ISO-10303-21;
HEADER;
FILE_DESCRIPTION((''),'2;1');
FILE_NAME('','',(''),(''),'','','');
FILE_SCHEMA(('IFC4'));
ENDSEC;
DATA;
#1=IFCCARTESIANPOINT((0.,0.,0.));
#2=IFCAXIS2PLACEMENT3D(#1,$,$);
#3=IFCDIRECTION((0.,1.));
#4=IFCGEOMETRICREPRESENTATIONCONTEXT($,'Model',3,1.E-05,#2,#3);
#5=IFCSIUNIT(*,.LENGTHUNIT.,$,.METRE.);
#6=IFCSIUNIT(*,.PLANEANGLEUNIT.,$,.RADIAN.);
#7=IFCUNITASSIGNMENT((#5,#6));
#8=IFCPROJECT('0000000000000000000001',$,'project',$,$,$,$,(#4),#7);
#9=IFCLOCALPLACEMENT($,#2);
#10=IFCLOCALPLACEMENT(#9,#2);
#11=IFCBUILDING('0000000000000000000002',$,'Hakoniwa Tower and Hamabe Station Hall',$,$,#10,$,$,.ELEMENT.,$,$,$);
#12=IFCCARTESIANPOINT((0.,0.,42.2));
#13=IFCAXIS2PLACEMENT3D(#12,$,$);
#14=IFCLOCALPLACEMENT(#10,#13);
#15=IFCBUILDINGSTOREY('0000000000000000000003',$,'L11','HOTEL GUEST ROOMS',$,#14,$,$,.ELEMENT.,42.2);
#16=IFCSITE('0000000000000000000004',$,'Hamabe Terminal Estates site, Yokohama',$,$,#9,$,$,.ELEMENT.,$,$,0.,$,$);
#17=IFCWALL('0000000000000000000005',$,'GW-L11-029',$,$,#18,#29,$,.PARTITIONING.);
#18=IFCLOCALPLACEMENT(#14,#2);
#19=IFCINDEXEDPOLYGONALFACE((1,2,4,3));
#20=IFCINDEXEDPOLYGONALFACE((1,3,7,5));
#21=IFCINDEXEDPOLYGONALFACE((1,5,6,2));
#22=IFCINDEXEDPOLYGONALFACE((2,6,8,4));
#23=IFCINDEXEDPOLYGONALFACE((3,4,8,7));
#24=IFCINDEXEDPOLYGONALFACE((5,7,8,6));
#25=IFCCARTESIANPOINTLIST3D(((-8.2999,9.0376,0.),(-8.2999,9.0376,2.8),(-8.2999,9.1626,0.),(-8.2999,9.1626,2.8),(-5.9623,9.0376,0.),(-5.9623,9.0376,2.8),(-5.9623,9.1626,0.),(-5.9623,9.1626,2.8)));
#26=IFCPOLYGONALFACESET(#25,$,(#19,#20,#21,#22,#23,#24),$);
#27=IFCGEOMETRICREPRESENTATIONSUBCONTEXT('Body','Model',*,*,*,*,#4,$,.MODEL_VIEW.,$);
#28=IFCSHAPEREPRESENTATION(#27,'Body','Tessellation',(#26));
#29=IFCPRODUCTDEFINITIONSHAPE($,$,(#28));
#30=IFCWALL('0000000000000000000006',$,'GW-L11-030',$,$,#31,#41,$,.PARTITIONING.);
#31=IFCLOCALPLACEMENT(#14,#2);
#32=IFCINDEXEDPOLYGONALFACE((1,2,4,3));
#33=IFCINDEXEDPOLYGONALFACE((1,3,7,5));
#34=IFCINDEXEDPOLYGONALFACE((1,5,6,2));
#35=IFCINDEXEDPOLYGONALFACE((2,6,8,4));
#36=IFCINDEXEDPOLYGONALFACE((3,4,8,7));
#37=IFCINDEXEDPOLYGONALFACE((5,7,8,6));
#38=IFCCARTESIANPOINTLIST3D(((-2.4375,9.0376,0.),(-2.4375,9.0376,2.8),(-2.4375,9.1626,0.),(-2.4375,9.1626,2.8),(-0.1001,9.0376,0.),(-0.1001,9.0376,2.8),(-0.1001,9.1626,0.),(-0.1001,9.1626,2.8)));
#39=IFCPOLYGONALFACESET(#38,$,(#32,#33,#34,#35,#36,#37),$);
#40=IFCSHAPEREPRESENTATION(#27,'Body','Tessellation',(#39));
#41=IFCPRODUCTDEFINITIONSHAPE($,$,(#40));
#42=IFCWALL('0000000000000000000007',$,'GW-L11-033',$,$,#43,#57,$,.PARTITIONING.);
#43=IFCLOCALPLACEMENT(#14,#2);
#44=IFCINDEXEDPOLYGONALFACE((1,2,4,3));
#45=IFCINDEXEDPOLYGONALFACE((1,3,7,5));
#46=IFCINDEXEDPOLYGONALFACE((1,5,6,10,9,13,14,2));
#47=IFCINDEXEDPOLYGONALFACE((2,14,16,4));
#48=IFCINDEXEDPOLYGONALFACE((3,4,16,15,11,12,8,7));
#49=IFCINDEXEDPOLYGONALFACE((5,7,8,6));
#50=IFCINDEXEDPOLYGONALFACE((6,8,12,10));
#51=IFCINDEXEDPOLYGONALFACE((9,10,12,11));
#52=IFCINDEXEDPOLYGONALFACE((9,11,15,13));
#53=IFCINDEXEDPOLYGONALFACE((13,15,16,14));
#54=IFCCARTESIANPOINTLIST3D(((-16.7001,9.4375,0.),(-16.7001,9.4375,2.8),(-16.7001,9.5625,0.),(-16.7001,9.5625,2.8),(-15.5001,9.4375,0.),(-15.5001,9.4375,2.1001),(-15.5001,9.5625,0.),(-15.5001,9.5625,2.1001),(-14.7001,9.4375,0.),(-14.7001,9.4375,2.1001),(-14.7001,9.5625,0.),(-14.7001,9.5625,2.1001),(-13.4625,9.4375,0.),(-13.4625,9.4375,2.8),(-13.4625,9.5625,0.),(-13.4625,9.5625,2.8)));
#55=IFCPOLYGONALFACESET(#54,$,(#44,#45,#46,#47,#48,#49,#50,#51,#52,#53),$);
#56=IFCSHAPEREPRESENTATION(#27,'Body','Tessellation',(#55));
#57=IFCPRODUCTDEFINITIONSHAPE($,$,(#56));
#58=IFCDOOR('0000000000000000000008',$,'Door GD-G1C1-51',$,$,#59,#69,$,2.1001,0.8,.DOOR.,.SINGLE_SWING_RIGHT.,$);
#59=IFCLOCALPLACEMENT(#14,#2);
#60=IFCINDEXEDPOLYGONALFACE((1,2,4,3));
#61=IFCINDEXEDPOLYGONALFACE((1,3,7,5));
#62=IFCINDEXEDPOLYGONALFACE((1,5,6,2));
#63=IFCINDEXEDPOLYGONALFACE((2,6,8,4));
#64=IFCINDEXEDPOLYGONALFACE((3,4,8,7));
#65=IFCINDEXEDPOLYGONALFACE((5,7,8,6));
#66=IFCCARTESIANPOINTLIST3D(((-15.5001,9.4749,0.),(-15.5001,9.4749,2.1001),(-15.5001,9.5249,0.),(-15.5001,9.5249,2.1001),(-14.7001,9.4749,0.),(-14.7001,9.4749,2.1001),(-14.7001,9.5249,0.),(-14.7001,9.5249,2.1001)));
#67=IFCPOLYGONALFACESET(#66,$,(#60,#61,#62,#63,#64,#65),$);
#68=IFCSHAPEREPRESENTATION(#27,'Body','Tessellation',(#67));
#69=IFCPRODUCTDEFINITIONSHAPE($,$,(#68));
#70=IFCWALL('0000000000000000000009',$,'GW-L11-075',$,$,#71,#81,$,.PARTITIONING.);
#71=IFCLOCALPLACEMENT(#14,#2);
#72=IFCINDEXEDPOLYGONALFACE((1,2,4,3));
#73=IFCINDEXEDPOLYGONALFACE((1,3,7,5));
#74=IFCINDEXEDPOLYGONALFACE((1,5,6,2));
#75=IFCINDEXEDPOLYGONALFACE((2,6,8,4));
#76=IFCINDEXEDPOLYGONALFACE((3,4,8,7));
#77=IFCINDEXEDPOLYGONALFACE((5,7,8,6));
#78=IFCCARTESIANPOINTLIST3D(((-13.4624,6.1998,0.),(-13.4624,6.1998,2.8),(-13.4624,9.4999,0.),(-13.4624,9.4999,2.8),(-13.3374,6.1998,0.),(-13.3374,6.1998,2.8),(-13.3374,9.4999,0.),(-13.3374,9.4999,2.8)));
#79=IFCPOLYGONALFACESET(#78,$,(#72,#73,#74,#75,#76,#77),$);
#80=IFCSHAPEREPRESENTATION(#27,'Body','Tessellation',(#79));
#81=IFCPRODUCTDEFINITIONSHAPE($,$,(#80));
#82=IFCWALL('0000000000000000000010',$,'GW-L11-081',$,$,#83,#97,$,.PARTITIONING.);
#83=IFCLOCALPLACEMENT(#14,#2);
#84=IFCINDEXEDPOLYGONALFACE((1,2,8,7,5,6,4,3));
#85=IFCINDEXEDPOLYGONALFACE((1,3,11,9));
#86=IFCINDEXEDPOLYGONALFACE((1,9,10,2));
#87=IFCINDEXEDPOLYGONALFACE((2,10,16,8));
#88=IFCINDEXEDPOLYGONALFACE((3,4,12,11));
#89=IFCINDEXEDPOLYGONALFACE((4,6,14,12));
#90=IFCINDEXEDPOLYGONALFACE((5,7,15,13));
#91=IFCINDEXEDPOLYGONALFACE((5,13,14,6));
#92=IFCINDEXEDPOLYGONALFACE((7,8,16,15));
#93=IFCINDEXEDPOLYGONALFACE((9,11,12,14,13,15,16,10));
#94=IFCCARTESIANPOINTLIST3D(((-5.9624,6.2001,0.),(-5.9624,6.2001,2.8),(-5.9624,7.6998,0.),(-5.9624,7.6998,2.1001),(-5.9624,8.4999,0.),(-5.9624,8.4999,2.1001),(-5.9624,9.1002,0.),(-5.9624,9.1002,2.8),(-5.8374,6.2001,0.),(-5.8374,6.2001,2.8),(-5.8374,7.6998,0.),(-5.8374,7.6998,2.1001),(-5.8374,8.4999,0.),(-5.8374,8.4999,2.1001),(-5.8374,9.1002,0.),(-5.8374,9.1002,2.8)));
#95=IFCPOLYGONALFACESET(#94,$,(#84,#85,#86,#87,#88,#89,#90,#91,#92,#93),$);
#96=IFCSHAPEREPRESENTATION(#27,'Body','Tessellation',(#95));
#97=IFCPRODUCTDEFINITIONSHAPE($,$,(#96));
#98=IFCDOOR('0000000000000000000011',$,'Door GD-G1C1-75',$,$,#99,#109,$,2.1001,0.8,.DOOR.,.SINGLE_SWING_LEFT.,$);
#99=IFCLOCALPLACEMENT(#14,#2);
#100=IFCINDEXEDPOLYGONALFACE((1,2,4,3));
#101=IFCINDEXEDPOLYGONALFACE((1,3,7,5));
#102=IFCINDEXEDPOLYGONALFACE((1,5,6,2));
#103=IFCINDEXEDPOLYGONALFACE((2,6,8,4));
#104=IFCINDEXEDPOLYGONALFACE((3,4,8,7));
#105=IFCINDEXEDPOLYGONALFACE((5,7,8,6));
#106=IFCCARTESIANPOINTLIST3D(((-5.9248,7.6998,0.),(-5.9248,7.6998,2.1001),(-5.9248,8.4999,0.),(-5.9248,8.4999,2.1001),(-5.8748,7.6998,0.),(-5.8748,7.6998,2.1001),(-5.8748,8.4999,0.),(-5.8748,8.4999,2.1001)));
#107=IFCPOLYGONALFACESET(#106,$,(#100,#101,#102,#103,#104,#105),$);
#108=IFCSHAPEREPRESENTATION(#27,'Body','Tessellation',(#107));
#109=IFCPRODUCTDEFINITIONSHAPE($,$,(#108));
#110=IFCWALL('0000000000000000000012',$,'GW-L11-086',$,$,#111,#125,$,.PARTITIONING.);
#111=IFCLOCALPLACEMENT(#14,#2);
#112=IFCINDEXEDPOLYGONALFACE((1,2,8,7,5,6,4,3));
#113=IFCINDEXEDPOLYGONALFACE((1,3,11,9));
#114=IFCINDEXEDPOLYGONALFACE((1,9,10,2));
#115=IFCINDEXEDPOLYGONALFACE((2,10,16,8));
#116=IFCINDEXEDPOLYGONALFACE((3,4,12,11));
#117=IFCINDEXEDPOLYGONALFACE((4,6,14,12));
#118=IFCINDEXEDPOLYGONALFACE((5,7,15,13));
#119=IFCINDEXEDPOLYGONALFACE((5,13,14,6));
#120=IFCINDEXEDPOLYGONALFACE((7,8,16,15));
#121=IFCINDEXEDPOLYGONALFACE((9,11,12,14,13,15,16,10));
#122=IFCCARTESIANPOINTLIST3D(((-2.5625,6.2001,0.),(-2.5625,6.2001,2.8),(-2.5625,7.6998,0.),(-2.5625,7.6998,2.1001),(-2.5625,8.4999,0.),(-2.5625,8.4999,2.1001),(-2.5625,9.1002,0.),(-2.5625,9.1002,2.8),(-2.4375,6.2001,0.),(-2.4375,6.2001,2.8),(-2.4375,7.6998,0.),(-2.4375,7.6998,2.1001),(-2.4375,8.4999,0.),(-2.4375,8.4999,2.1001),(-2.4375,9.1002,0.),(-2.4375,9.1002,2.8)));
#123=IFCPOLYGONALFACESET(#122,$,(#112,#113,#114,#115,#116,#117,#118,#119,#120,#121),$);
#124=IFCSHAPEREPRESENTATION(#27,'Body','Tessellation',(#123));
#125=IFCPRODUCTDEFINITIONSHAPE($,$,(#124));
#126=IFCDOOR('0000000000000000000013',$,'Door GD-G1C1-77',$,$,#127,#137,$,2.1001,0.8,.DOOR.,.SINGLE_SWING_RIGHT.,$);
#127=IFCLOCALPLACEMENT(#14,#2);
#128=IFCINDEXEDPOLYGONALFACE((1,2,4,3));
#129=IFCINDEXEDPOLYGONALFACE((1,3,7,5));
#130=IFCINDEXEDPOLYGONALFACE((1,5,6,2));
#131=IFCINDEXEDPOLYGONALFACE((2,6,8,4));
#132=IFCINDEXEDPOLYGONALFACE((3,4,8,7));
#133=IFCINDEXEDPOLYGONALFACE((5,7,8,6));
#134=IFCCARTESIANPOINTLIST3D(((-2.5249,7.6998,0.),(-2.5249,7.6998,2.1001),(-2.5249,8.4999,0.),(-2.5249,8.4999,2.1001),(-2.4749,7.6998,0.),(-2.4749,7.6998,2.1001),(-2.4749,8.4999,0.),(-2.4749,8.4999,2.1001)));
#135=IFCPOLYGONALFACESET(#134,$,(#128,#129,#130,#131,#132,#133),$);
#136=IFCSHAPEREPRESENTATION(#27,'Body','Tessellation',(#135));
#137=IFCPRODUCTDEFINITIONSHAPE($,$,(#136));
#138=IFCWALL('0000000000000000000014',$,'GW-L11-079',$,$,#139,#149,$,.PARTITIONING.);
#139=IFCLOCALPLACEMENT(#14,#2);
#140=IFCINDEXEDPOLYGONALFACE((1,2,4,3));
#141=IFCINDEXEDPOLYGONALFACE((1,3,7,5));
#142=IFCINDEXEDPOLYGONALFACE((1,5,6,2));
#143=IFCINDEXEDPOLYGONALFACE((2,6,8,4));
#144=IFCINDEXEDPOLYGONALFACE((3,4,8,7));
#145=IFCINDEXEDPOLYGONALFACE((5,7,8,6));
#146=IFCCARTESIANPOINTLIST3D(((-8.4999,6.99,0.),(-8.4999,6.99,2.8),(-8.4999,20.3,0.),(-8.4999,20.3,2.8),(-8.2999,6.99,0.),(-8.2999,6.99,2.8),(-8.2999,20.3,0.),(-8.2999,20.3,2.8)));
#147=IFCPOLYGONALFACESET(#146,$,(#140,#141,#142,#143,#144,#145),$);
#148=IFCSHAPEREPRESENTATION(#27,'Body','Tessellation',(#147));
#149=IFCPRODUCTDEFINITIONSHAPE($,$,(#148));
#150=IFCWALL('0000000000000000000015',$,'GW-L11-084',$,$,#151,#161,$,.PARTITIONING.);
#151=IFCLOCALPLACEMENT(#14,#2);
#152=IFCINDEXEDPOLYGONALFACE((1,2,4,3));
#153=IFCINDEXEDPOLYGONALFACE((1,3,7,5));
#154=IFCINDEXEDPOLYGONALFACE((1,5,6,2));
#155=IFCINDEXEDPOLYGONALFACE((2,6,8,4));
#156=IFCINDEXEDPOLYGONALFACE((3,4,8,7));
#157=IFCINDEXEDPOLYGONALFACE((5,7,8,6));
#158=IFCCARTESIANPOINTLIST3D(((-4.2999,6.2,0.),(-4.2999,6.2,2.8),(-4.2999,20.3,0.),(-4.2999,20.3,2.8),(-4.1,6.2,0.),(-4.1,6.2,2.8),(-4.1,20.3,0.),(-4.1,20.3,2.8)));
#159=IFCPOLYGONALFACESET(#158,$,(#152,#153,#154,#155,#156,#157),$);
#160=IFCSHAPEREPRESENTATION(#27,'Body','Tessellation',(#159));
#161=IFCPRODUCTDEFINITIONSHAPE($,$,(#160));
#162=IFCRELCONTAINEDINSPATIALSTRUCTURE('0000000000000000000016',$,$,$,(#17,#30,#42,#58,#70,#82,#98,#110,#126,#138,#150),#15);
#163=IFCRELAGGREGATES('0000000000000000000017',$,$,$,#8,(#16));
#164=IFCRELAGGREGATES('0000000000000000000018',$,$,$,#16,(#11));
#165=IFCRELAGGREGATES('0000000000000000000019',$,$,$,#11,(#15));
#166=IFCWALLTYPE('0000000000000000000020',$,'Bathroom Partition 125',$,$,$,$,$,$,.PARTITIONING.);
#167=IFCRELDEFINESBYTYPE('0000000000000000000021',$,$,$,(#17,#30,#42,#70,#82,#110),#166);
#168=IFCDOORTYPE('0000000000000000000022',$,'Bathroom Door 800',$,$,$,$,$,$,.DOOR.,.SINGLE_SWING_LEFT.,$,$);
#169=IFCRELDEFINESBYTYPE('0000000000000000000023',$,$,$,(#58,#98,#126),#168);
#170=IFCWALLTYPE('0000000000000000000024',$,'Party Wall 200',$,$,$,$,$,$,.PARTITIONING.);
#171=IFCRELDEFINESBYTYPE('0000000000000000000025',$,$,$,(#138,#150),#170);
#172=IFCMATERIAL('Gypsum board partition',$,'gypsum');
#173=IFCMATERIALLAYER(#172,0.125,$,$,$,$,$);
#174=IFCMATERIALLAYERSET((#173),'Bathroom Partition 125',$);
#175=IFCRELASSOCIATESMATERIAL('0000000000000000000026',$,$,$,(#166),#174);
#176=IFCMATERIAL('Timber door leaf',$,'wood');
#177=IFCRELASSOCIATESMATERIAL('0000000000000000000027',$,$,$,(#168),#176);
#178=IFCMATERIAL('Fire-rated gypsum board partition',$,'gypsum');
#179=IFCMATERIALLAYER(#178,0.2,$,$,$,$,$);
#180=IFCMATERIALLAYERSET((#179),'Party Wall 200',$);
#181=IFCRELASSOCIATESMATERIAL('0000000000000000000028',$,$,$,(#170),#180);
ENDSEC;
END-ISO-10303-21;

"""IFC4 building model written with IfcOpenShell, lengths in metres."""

from ifc_helpers import new_model, si_unit, direction, frame, frame_2d, origin, place, context, subcontext, project, spatial, rectangle, extrude, material, layer, layer_set, type_object, element, fill, save


model = new_model("IFC4")

# Units and contexts
model_context = context("Model", 3, precision=1e-05, world=origin(), true_north=direction((0.0, 1.0)))
body_context = subcontext(model_context, "Body", "Model", "MODEL_VIEW")
ifc_project = project(units=[si_unit("LENGTHUNIT", "METRE"), si_unit("PLANEANGLEUNIT", "RADIAN")], contexts=[model_context])

# Site, building, storey
site_placement = place(None, origin())
site = spatial("IfcSite", under=ifc_project, at=site_placement, Name="Hamabe Terminal Estates site, Yokohama", CompositionType="ELEMENT", RefElevation=0.0)
building_placement = place(site_placement, origin())
building = spatial("IfcBuilding", under=site, at=building_placement, Name="Hakoniwa Tower and Hamabe Station Hall", CompositionType="ELEMENT")
storey_placement = place(building_placement, frame((0.0, 0.0, 42.2)))
storey = spatial("IfcBuildingStorey", under=building, at=storey_placement, Name="L11", Description="HOTEL GUEST ROOMS", CompositionType="ELEMENT", Elevation=42.2)

# Walls
ifc_material_1 = material(Name="Gypsum board partition", Category="gypsum")
ifc_layer_1 = layer(ifc_material_1, 0.125)
ifc_layer_set_1 = layer_set([ifc_layer_1], Name="Bathroom Partition 125")
wall_type_1 = type_object("IfcWallType", Name="Bathroom Partition 125", PredefinedType="PARTITIONING", material=ifc_layer_set_1)
wall_1_placement = place(storey_placement, frame((-8.3, 9.1001, 0.0), z_axis=(0.0, 0.0, 1.0), x_axis=(1.0, 0.0, 0.0)))
element("IfcWall", 1, at=wall_1_placement, inside=storey, type_object=wall_type_1, Name="GW-L11-029", PredefinedType="PARTITIONING", context=body_context, shape_type="SweptSolid", body=[
    extrude(rectangle(XDim=2.3376, YDim=0.125, at=frame_2d((1.1689, 0.0))), origin(), (0.0, 0.0, 1.0), 2.8),
])
wall_2_placement = place(storey_placement, frame((-2.4375, 9.1001, 0.0), z_axis=(0.0, 0.0, 1.0), x_axis=(1.0, 0.0, 0.0)))
element("IfcWall", 2, at=wall_2_placement, inside=storey, type_object=wall_type_1, Name="GW-L11-030", PredefinedType="PARTITIONING", context=body_context, shape_type="SweptSolid", body=[
    extrude(rectangle(XDim=2.3374, YDim=0.125, at=frame_2d((1.1687, 0.0))), origin(), (0.0, 0.0, 1.0), 2.8),
])

# Wall, opening, door
wall_3_placement = place(storey_placement, frame((-16.7, 9.5, 0.0), z_axis=(0.0, 0.0, 1.0), x_axis=(1.0, 0.0, 0.0)))
wall_3 = element("IfcWall", 3, at=wall_3_placement, inside=storey, type_object=wall_type_1, Name="GW-L11-033", PredefinedType="PARTITIONING", context=body_context, shape_type="SweptSolid", body=[
    extrude(rectangle(XDim=3.2375, YDim=0.125, at=frame_2d((1.6187, 0.0))), origin(), (0.0, 0.0, 1.0), 2.8),
])
opening_1_placement = place(wall_3_placement, frame((1.2, 0.0, 0.0)))
opening_1 = element("IfcOpeningElement", 4, at=opening_1_placement, cuts=wall_3, PredefinedType="OPENING", context=body_context, shape_type="SweptSolid", body=[
    extrude(rectangle(XDim=0.8, YDim=2.1001, at=frame_2d((0.3999, 1.05))), frame((0.0, 0.0725, 0.0), z_axis=(0.0, -1.0, 0.0), x_axis=(1.0, 0.0, 0.0)), (0.0, 0.0, 1.0), 0.145),
])
ifc_material_2 = material(Name="Timber door leaf", Category="wood")
door_type = type_object("IfcDoorType", Name="Bathroom Door 800", OperationType="SINGLE_SWING_LEFT", PredefinedType="DOOR", material=ifc_material_2)
door_1_placement = place(opening_1_placement, origin())
door_1 = element("IfcDoor", 5, at=door_1_placement, inside=storey, type_object=door_type, Name="Door GD-G1C1-51", OperationType="SINGLE_SWING_RIGHT", OverallHeight=2.1001, OverallWidth=0.8, PredefinedType="DOOR", context=body_context, shape_type="SweptSolid", body=[
    extrude(rectangle(XDim=0.8, YDim=2.1001, at=frame_2d((0.3999, 1.05))), frame((0.0, 0.0249, 0.0), z_axis=(0.0, -1.0, 0.0), x_axis=(1.0, 0.0, 0.0)), (0.0, 0.0, 1.0), 0.05),
])
fill(opening_1, door_1)

# Wall
wall_4_placement = place(storey_placement, frame((-13.3999, 6.2, 0.0), z_axis=(0.0, 0.0, 1.0), x_axis=(0.0, 1.0, 0.0)))
element("IfcWall", 6, at=wall_4_placement, inside=storey, type_object=wall_type_1, Name="GW-L11-075", PredefinedType="PARTITIONING", context=body_context, shape_type="SweptSolid", body=[
    extrude(rectangle(XDim=3.3, YDim=0.125, at=frame_2d((1.6499, 0.0))), origin(), (0.0, 0.0, 1.0), 2.8),
])

# Walls, openings, doors
wall_5_placement = place(storey_placement, frame((-5.8999, 6.2, 0.0), z_axis=(0.0, 0.0, 1.0), x_axis=(0.0, 1.0, 0.0)))
wall_5 = element("IfcWall", 7, at=wall_5_placement, inside=storey, type_object=wall_type_1, Name="GW-L11-081", PredefinedType="PARTITIONING", context=body_context, shape_type="SweptSolid", body=[
    extrude(rectangle(XDim=2.9001, YDim=0.125, at=frame_2d((1.4502, 0.0))), origin(), (0.0, 0.0, 1.0), 2.8),
])
opening_2_placement = place(wall_5_placement, frame((1.5, 0.0, 0.0)))
opening_2 = element("IfcOpeningElement", 8, at=opening_2_placement, cuts=wall_5, PredefinedType="OPENING", context=body_context, shape_type="SweptSolid", body=[
    extrude(rectangle(XDim=0.8, YDim=2.1001, at=frame_2d((0.3999, 1.05))), frame((0.0, 0.0725, 0.0), z_axis=(0.0, -1.0, 0.0), x_axis=(1.0, 0.0, 0.0)), (0.0, 0.0, 1.0), 0.145),
])
door_2_placement = place(opening_2_placement, origin())
door_2 = element("IfcDoor", 9, at=door_2_placement, inside=storey, type_object=door_type, Name="Door GD-G1C1-75", OperationType="SINGLE_SWING_LEFT", OverallHeight=2.1001, OverallWidth=0.8, PredefinedType="DOOR", context=body_context, shape_type="SweptSolid", body=[
    extrude(rectangle(XDim=0.8, YDim=2.1001, at=frame_2d((0.3999, 1.05))), frame((0.0, 0.0249, 0.0), z_axis=(0.0, -1.0, 0.0), x_axis=(1.0, 0.0, 0.0)), (0.0, 0.0, 1.0), 0.05),
])
fill(opening_2, door_2)
wall_6_placement = place(storey_placement, frame((-2.5, 6.2, 0.0), z_axis=(0.0, 0.0, 1.0), x_axis=(0.0, 1.0, 0.0)))
wall_6 = element("IfcWall", 10, at=wall_6_placement, inside=storey, type_object=wall_type_1, Name="GW-L11-086", PredefinedType="PARTITIONING", context=body_context, shape_type="SweptSolid", body=[
    extrude(rectangle(XDim=2.9001, YDim=0.125, at=frame_2d((1.4502, 0.0))), origin(), (0.0, 0.0, 1.0), 2.8),
])
opening_3_placement = place(wall_6_placement, frame((1.5, 0.0, 0.0)))
opening_3 = element("IfcOpeningElement", 11, at=opening_3_placement, cuts=wall_6, PredefinedType="OPENING", context=body_context, shape_type="SweptSolid", body=[
    extrude(rectangle(XDim=0.8, YDim=2.1001, at=frame_2d((0.3999, 1.05))), frame((0.0, 0.0725, 0.0), z_axis=(0.0, -1.0, 0.0), x_axis=(1.0, 0.0, 0.0)), (0.0, 0.0, 1.0), 0.145),
])
door_3_placement = place(opening_3_placement, origin())
door_3 = element("IfcDoor", 12, at=door_3_placement, inside=storey, type_object=door_type, Name="Door GD-G1C1-77", OperationType="SINGLE_SWING_RIGHT", OverallHeight=2.1001, OverallWidth=0.8, PredefinedType="DOOR", context=body_context, shape_type="SweptSolid", body=[
    extrude(rectangle(XDim=0.8, YDim=2.1001, at=frame_2d((0.3999, 1.05))), frame((0.0, 0.0249, 0.0), z_axis=(0.0, -1.0, 0.0), x_axis=(1.0, 0.0, 0.0)), (0.0, 0.0, 1.0), 0.05),
])
fill(opening_3, door_3)

# Walls
ifc_material_3 = material(Name="Fire-rated gypsum board partition", Category="gypsum")
ifc_layer_2 = layer(ifc_material_3, 0.2)
ifc_layer_set_2 = layer_set([ifc_layer_2], Name="Party Wall 200")
wall_type_2 = type_object("IfcWallType", Name="Party Wall 200", PredefinedType="PARTITIONING", material=ifc_layer_set_2)
wall_7_placement = place(storey_placement, frame((-8.3999, 6.99, 0.0), z_axis=(0.0, 0.0, 1.0), x_axis=(0.0, 1.0, 0.0)))
element("IfcWall", 13, at=wall_7_placement, inside=storey, type_object=wall_type_2, Name="GW-L11-079", PredefinedType="PARTITIONING", context=body_context, shape_type="SweptSolid", body=[
    extrude(rectangle(XDim=13.3101, YDim=0.2, at=frame_2d((6.655, 0.0))), origin(), (0.0, 0.0, 1.0), 2.8),
])
wall_8_placement = place(storey_placement, frame((-4.2, 6.2, 0.0), z_axis=(0.0, 0.0, 1.0), x_axis=(0.0, 1.0, 0.0)))
element("IfcWall", 14, at=wall_8_placement, inside=storey, type_object=wall_type_2, Name="GW-L11-084", PredefinedType="PARTITIONING", context=body_context, shape_type="SweptSolid", body=[
    extrude(rectangle(XDim=14.1001, YDim=0.2, at=frame_2d((7.05, 0.0))), origin(), (0.0, 0.0, 1.0), 2.8),
])

save(model, "model.ifc")
